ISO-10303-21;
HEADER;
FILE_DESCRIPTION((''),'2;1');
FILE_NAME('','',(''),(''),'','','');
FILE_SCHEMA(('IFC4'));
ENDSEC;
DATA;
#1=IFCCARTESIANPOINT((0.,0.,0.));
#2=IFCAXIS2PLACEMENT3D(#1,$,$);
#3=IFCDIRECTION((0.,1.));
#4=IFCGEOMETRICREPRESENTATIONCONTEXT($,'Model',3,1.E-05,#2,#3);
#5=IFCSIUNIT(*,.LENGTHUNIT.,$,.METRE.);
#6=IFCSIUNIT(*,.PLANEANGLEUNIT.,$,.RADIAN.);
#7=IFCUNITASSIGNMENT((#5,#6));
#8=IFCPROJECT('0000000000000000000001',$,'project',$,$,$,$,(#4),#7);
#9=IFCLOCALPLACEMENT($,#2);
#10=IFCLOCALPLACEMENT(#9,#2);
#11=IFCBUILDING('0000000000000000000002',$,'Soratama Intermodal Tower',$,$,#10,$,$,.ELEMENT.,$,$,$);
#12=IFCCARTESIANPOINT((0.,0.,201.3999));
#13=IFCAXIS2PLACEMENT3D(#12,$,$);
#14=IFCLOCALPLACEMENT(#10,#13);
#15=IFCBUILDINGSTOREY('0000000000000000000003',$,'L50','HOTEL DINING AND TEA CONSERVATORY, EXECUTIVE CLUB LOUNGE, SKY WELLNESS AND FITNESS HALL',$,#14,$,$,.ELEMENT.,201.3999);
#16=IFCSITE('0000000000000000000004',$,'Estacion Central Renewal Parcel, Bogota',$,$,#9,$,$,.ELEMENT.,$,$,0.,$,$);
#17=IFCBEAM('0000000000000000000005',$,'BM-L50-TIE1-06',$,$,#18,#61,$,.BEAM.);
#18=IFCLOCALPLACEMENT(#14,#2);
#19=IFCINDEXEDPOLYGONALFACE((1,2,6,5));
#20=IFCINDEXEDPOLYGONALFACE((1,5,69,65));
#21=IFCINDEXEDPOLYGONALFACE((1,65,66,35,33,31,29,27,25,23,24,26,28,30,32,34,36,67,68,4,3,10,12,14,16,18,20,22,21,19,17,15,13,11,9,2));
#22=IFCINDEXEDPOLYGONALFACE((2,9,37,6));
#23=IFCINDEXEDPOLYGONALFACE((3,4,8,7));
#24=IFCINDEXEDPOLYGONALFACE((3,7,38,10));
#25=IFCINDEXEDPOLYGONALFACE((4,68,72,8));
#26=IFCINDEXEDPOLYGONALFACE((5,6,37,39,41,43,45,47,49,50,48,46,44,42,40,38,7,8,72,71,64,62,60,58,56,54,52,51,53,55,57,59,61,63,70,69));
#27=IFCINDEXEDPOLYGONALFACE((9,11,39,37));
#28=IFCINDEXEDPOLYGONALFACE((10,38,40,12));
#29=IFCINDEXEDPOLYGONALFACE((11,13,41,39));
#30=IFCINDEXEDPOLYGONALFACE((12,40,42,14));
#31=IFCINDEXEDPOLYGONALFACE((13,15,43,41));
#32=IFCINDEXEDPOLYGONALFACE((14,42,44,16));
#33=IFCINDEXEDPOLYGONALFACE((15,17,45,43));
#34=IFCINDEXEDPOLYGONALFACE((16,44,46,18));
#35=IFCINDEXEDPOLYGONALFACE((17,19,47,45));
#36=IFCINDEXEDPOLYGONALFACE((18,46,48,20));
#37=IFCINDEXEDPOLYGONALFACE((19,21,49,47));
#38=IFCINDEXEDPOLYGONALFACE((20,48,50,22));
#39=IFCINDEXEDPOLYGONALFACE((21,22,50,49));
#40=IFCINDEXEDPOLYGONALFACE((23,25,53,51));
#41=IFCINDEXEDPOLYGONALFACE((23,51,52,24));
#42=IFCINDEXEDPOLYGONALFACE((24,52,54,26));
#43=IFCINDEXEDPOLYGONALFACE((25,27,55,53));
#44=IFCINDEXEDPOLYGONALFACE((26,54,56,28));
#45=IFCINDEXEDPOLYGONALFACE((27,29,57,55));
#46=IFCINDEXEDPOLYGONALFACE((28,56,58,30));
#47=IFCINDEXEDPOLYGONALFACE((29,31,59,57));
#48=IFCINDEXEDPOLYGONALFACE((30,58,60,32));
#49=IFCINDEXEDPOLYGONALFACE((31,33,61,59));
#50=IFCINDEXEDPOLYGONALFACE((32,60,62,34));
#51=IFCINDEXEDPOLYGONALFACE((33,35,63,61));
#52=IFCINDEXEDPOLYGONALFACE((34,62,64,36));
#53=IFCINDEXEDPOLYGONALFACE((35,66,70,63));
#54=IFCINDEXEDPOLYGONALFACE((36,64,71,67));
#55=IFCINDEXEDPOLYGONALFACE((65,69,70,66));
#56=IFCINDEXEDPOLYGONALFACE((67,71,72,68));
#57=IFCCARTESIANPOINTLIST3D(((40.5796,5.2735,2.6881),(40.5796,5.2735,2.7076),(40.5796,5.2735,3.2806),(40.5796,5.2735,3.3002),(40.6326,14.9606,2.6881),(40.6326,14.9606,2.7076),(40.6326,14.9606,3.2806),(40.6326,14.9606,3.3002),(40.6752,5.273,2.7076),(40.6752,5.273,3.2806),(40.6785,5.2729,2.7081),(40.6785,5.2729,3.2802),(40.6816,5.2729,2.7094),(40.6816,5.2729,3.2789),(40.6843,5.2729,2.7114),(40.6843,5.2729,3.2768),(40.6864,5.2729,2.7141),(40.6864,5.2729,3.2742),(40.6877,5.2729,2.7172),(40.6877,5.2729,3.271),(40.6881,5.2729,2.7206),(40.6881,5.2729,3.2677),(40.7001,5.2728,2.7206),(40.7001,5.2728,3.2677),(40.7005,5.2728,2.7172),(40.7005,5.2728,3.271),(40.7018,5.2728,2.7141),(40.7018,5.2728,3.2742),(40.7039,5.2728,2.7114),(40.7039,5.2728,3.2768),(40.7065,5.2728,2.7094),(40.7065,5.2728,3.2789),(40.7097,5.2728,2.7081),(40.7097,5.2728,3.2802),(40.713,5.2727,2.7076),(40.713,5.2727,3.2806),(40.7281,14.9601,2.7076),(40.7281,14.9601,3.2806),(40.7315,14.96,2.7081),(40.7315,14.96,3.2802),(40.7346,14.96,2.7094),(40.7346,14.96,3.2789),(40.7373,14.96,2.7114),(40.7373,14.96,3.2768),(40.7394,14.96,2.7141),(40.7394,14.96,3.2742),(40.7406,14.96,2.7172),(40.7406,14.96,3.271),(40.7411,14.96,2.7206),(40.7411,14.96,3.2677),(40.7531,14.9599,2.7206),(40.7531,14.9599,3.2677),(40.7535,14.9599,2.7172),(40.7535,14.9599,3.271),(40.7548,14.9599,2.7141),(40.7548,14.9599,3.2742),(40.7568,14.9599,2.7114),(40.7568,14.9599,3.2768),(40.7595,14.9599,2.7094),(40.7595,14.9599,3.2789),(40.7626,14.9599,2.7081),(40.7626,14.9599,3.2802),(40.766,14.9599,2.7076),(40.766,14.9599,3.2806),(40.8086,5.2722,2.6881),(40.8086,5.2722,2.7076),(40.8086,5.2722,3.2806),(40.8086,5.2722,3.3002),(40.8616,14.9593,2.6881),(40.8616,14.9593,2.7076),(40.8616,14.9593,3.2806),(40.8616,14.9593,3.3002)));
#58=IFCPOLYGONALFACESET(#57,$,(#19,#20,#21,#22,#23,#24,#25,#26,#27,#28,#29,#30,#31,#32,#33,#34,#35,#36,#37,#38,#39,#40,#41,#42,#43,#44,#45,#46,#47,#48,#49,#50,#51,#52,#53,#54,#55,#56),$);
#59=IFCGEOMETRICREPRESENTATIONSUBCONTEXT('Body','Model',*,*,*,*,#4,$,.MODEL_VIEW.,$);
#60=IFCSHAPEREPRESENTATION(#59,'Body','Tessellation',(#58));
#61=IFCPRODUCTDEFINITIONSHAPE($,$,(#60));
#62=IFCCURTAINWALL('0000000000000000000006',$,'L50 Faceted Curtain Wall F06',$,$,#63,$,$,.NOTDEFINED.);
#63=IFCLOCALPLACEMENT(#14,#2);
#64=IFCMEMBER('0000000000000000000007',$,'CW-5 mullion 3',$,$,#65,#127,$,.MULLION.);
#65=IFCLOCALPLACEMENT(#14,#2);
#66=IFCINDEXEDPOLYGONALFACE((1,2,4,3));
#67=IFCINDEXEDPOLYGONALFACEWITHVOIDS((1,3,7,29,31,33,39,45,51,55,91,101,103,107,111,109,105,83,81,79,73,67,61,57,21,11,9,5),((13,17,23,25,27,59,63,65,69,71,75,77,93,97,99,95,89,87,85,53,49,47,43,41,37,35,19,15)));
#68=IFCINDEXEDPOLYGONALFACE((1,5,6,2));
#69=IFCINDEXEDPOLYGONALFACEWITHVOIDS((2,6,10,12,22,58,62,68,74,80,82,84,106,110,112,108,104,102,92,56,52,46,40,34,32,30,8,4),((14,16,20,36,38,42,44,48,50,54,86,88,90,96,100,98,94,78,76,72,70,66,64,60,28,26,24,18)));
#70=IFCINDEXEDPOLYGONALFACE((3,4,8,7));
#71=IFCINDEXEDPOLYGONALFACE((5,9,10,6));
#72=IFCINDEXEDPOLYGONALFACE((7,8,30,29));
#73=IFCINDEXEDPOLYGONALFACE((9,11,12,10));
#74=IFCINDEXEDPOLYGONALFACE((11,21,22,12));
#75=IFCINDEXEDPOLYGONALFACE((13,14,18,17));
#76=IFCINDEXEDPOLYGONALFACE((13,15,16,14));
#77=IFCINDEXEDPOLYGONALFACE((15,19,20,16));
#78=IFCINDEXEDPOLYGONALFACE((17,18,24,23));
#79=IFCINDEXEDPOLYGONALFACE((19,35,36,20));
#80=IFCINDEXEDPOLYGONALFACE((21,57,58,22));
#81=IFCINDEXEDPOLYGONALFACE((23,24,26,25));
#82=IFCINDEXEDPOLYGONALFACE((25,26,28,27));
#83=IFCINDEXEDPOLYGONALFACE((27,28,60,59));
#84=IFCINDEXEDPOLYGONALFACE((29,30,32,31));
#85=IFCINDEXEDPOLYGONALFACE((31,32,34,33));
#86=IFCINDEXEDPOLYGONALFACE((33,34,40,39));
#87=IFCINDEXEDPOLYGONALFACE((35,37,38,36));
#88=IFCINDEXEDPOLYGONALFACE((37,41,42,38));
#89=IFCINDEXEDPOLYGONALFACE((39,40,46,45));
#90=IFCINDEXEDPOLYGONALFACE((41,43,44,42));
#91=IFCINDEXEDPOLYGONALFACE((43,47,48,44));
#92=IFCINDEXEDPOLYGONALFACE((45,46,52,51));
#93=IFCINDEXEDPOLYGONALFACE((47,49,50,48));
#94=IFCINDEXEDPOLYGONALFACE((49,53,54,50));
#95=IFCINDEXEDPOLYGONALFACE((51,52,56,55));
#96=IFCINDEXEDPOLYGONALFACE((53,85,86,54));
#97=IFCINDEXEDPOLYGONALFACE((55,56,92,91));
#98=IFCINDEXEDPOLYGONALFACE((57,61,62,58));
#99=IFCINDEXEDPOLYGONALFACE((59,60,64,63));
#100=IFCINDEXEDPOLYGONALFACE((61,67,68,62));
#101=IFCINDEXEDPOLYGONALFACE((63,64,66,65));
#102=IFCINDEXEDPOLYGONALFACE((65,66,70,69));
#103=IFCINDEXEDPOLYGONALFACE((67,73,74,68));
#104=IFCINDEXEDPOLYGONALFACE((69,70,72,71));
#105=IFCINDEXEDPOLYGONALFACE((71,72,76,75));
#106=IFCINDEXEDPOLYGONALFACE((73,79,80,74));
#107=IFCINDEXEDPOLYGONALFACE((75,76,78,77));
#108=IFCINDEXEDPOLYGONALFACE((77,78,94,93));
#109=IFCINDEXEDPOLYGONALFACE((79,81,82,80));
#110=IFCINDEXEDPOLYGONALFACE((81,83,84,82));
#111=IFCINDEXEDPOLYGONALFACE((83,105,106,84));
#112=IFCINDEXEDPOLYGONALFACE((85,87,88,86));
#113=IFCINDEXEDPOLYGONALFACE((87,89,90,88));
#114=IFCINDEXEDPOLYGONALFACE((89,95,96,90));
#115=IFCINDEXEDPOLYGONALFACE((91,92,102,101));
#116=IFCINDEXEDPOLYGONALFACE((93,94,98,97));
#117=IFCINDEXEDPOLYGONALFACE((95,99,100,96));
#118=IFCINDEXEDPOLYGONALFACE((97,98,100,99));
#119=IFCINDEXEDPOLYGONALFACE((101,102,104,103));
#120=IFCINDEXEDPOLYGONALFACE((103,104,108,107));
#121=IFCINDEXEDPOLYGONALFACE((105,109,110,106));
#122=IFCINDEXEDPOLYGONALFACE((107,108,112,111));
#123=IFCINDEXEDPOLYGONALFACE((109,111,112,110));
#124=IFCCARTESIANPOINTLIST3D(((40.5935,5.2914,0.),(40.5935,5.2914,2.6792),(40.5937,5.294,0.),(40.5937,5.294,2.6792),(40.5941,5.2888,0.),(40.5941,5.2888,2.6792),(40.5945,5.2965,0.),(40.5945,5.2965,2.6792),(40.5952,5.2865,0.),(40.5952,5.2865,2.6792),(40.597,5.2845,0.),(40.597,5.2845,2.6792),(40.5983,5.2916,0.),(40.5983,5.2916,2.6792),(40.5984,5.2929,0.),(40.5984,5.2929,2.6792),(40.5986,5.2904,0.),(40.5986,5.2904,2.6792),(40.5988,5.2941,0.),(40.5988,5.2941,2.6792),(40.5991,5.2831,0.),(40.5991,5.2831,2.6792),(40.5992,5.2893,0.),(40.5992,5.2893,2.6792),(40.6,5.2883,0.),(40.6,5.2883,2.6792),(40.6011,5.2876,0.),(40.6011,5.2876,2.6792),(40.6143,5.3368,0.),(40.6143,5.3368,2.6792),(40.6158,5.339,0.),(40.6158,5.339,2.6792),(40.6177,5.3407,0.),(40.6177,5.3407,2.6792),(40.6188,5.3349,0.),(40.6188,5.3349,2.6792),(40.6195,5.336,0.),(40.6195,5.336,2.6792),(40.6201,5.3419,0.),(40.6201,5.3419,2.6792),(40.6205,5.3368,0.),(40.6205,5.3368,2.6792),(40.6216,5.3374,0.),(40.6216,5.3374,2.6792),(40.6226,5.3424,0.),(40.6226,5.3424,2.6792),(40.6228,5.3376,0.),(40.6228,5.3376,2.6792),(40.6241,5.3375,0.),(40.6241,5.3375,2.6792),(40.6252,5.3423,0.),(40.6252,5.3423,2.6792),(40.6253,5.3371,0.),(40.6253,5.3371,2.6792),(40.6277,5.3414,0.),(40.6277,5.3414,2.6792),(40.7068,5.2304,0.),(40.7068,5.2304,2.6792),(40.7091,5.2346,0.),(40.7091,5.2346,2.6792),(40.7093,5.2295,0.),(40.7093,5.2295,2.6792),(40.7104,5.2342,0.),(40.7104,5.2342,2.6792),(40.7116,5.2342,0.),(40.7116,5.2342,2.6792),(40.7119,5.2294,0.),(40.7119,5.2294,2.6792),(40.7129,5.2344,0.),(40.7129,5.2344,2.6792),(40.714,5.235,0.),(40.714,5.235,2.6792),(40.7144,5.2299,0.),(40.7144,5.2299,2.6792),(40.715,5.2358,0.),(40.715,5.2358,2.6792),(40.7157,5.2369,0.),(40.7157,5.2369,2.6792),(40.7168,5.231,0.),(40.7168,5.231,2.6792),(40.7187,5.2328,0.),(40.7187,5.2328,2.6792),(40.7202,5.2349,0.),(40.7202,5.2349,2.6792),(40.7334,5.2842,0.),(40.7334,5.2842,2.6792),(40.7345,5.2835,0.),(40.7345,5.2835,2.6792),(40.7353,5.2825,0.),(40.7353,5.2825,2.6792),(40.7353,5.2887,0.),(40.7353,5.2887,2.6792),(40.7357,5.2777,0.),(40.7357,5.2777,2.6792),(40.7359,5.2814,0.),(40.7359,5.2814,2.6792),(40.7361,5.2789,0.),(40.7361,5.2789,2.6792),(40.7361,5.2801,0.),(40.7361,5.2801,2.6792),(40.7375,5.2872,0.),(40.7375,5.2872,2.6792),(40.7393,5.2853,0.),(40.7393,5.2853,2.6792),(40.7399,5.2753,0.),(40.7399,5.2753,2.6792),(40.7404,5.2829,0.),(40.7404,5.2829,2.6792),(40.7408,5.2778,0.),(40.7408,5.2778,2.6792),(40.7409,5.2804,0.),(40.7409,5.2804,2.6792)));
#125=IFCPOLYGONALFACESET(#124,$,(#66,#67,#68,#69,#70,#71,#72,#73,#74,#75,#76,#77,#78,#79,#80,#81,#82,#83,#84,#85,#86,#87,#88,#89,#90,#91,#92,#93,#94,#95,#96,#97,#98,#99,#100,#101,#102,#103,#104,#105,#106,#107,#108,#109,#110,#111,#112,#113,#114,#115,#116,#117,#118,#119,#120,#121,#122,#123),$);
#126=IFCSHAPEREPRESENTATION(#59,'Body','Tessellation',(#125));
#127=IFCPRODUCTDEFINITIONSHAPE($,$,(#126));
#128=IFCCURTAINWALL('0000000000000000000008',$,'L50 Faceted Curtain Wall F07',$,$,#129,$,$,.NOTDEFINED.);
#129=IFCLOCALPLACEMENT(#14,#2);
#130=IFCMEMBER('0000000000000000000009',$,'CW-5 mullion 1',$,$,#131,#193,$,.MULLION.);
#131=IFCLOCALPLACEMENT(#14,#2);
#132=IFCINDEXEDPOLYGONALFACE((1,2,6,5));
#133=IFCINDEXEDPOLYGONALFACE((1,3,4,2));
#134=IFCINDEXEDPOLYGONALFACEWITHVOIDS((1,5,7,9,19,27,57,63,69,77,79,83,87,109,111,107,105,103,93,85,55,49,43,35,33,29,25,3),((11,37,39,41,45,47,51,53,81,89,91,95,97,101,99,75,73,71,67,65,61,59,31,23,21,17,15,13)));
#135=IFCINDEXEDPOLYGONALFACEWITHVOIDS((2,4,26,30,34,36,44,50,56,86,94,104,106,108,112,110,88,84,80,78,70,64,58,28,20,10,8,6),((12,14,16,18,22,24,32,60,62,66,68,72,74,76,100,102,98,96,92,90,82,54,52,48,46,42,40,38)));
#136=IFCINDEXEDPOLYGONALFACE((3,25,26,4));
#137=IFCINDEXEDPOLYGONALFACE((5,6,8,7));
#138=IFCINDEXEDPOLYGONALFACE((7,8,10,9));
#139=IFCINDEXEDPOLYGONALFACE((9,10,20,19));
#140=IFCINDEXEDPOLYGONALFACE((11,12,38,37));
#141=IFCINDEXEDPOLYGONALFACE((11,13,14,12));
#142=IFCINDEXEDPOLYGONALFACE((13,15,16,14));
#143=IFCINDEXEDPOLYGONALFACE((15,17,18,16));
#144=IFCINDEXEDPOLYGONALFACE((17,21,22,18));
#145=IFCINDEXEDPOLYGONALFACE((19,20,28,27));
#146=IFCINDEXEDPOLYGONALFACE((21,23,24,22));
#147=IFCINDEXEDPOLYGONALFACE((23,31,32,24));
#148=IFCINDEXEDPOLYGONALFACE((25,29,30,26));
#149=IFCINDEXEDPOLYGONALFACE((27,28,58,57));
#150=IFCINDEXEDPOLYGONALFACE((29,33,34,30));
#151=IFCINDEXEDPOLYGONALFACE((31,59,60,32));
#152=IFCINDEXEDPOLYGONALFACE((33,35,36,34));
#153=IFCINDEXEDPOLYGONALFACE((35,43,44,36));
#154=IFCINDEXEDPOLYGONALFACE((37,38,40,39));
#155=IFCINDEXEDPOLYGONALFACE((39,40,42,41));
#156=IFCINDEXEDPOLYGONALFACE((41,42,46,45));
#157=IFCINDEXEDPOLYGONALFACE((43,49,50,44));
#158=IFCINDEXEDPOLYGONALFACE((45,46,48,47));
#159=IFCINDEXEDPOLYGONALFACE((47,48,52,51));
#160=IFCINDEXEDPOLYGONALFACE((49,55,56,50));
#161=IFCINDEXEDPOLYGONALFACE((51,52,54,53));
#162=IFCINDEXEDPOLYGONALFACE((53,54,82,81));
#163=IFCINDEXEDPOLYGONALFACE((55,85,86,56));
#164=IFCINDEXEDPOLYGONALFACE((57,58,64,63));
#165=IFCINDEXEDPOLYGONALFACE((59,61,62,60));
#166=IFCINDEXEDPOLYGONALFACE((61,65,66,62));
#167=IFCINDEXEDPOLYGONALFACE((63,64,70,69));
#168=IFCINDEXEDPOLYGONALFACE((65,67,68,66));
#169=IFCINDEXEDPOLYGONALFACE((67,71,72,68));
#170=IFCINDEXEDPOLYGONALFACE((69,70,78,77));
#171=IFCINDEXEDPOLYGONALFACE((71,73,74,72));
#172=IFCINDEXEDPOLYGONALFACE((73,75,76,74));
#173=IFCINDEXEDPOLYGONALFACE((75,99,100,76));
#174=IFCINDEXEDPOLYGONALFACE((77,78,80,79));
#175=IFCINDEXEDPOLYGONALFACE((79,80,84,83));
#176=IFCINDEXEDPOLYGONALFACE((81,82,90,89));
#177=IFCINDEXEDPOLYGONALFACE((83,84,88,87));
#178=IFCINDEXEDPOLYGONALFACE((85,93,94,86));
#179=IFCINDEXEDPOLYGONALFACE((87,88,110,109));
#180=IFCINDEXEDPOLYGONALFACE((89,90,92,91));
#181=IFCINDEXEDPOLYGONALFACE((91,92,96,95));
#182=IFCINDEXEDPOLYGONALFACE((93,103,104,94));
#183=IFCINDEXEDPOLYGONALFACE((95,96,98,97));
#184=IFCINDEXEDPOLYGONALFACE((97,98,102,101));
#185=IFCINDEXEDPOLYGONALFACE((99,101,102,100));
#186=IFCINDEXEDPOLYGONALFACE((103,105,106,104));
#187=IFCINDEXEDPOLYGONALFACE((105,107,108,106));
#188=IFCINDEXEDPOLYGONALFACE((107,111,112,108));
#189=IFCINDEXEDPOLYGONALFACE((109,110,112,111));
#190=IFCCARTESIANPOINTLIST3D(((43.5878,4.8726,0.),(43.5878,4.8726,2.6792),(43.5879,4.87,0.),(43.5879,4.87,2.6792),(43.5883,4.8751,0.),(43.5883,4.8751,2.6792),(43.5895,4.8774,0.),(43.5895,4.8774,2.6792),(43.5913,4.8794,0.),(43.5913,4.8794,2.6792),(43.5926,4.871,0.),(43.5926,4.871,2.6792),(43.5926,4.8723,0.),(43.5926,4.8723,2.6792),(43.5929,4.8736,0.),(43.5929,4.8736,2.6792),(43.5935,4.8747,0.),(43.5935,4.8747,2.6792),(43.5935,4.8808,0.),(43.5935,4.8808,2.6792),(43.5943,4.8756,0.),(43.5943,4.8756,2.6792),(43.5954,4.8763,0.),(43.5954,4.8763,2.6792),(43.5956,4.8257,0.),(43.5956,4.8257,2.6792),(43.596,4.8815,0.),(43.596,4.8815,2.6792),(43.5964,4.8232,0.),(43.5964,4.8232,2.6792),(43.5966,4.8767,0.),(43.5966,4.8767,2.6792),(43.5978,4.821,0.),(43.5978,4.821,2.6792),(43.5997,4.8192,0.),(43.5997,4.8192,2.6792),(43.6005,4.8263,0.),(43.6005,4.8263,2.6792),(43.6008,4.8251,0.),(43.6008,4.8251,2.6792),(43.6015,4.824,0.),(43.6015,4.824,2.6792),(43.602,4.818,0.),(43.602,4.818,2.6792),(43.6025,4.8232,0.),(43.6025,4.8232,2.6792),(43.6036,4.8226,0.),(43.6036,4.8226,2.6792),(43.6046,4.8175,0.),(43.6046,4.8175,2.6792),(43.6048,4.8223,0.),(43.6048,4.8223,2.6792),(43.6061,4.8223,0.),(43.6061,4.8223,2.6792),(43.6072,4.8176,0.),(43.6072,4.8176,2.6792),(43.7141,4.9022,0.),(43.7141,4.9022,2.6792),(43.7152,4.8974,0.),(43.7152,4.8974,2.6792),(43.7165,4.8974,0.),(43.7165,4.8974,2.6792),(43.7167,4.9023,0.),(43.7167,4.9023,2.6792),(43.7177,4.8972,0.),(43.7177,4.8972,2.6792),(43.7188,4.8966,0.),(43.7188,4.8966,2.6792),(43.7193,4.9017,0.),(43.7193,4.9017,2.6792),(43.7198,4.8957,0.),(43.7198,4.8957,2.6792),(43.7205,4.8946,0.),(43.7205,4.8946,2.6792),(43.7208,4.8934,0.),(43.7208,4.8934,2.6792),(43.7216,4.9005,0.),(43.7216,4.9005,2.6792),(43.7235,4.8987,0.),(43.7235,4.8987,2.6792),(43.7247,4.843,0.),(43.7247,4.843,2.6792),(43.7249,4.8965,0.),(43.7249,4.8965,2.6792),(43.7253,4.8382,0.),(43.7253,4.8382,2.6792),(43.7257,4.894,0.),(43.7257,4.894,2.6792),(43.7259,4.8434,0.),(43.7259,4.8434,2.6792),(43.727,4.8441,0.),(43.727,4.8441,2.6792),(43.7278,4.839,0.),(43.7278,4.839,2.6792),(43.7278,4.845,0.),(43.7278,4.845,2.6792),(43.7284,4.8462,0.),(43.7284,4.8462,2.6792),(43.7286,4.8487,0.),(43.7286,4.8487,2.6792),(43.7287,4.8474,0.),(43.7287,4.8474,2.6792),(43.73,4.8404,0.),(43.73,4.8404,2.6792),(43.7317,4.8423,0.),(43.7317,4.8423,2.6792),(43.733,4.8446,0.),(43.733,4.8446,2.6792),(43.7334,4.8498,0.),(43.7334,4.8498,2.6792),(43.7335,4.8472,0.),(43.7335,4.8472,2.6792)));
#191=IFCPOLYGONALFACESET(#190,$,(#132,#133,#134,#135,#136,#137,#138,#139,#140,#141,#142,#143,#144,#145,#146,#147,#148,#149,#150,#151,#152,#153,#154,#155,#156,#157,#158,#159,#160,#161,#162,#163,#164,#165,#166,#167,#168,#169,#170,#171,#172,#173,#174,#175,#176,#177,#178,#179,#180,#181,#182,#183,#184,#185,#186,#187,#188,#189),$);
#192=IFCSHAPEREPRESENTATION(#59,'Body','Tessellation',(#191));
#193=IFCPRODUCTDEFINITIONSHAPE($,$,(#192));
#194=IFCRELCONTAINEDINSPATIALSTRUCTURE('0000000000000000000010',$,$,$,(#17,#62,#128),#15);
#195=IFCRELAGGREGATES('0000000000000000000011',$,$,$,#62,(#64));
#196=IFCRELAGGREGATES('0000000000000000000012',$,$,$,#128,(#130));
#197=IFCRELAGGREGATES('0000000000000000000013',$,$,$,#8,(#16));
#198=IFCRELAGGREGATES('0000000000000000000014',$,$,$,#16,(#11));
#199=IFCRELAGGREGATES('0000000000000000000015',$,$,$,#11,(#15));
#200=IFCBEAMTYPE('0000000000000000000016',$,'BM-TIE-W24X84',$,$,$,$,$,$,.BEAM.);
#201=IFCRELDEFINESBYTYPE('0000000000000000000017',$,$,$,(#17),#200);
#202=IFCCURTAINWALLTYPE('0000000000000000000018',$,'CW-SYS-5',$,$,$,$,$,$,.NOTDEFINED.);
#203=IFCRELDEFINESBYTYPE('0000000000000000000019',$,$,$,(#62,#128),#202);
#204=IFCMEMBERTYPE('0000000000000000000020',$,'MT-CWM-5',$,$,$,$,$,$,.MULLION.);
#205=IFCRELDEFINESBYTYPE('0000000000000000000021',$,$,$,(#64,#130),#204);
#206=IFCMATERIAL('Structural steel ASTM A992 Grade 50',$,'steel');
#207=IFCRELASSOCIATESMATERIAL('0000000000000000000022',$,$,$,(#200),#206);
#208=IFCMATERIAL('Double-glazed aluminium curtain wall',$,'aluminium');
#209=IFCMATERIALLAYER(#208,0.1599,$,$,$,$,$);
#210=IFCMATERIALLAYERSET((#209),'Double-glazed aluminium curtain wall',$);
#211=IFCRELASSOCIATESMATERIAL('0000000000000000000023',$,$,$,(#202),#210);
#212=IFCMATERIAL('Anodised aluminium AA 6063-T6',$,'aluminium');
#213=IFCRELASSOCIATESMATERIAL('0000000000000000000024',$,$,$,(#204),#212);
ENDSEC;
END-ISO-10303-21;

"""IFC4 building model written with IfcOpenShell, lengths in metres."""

from ifc_helpers import new_model, si_unit, direction, frame, origin, origin_2d, place, context, subcontext, project, spatial, hollow_rectangle, i_section, extrude, material, layer, layer_set, material_profile, profile_set, type_object, element, aggregate, save


model = new_model("IFC4")

# Units and contexts
model_context = context("Model", 3, precision=1e-05, world=origin(), true_north=direction((0.0, 1.0)))
body_context = subcontext(model_context, "Body", "Model", "MODEL_VIEW")
ifc_project = project(units=[si_unit("LENGTHUNIT", "METRE"), si_unit("PLANEANGLEUNIT", "RADIAN")], contexts=[model_context])

# Site, building, storey
site_placement = place(None, origin())
site = spatial("IfcSite", under=ifc_project, at=site_placement, Name="Estacion Central Renewal Parcel, Bogota", CompositionType="ELEMENT", RefElevation=0.0)
building_placement = place(site_placement, origin())
building = spatial("IfcBuilding", under=site, at=building_placement, Name="Soratama Intermodal Tower", CompositionType="ELEMENT")
storey_placement = place(building_placement, frame((0.0, 0.0, 201.3999)))
storey = spatial("IfcBuildingStorey", under=building, at=storey_placement, Name="L50", Description="HOTEL DINING AND TEA CONSERVATORY, EXECUTIVE CLUB LOUNGE, SKY WELLNESS AND FITNESS HALL", CompositionType="ELEMENT", Elevation=201.3999)

# Beam
ifc_material_1 = material(Name="Structural steel ASTM A992 Grade 50", Category="steel")
ifc_material_profile_1 = material_profile(ifc_material_1, i_section(OverallWidth=0.229, OverallDepth=0.6121, WebThickness=0.012, FlangeThickness=0.0195, FilletRadius=0.0129, at=origin_2d()), Name="W24X84")
ifc_profile_set_1 = profile_set([ifc_material_profile_1], Name="Structural steel ASTM A992 Grade 50")
beam_type_1 = type_object("IfcBeamType", Name="BM-TIE-W24X84", PredefinedType="BEAM", material=ifc_profile_set_1)
beam_1_placement = place(storey_placement, frame((40.7471, 14.96, 2.9941), z_axis=(-0.005469, -0.999985, 0.0), x_axis=(0.999985, -0.005469, 0.0)))
element("IfcBeam", 1, at=beam_1_placement, inside=storey, type_object=beam_type_1, Name="BM-L50-TIE1-06", PredefinedType="BEAM", context=body_context, shape_type="SweptSolid", body=[
    extrude(i_section(OverallWidth=0.229, OverallDepth=0.6121, WebThickness=0.012, FlangeThickness=0.0195, FilletRadius=0.0129, at=origin_2d()), origin(), (0.0, 0.0, 1.0), 9.6873),
])

# Curtain wall, member
ifc_material_2 = material(Name="Double-glazed aluminium curtain wall", Category="aluminium")
ifc_layer_1 = layer(ifc_material_2, 0.1599)
ifc_layer_set_1 = layer_set([ifc_layer_1], Name="Double-glazed aluminium curtain wall")
curtain_wall_type = type_object("IfcCurtainWallType", Name="CW-SYS-5", PredefinedType="NOTDEFINED", material=ifc_layer_set_1)
curtain_wall_1_placement = place(storey_placement, origin())
curtain_wall_1 = element("IfcCurtainWall", 2, at=curtain_wall_1_placement, inside=storey, type_object=curtain_wall_type, Name="L50 Faceted Curtain Wall F06", PredefinedType="NOTDEFINED")
ifc_material_3 = material(Name="Anodised aluminium AA 6063-T6", Category="aluminium")
ifc_material_profile_2 = material_profile(ifc_material_3, hollow_rectangle(XDim=0.0649, YDim=0.1399, WallThickness=0.0049, InnerFilletRadius=0.0049, OuterFilletRadius=0.01, at=origin_2d()), Name="CWM140X65X5")
ifc_profile_set_2 = profile_set([ifc_material_profile_2], Name="Anodised aluminium AA 6063-T6")
member_type_1 = type_object("IfcMemberType", Name="MT-CWM-5", PredefinedType="MULLION", material=ifc_profile_set_2)
member_1_placement = place(storey_placement, frame((40.6672, 5.2859, 0.0), z_axis=(0.0, 0.0, 1.0), x_axis=(0.439938, 0.898028, 0.0)))
member_1 = element("IfcMember", 3, at=member_1_placement, type_object=member_type_1, Name="CW-5 mullion 3", PredefinedType="MULLION", context=body_context, shape_type="SweptSolid", body=[
    extrude(hollow_rectangle(XDim=0.0649, YDim=0.1399, WallThickness=0.0049, InnerFilletRadius=0.0049, OuterFilletRadius=0.01, at=origin_2d()), origin(), (0.0, 0.0, 1.0), 2.6792),
])
aggregate(curtain_wall_1, [member_1])

# Curtain wall, member
curtain_wall_2_placement = place(storey_placement, origin())
curtain_wall_2 = element("IfcCurtainWall", 4, at=curtain_wall_2_placement, inside=storey, type_object=curtain_wall_type, Name="L50 Faceted Curtain Wall F07", PredefinedType="NOTDEFINED")
member_2_placement = place(storey_placement, frame((43.6606, 4.8599, 0.0), z_axis=(0.0, 0.0, 1.0), x_axis=(-0.171933, 0.985109, 0.0)))
member_2 = element("IfcMember", 5, at=member_2_placement, type_object=member_type_1, Name="CW-5 mullion 1", PredefinedType="MULLION", context=body_context, shape_type="SweptSolid", body=[
    extrude(hollow_rectangle(XDim=0.0649, YDim=0.1399, WallThickness=0.0049, InnerFilletRadius=0.0049, OuterFilletRadius=0.01, at=origin_2d()), origin(), (0.0, 0.0, 1.0), 2.6792),
])
aggregate(curtain_wall_2, [member_2])

save(model, "model.ifc")
